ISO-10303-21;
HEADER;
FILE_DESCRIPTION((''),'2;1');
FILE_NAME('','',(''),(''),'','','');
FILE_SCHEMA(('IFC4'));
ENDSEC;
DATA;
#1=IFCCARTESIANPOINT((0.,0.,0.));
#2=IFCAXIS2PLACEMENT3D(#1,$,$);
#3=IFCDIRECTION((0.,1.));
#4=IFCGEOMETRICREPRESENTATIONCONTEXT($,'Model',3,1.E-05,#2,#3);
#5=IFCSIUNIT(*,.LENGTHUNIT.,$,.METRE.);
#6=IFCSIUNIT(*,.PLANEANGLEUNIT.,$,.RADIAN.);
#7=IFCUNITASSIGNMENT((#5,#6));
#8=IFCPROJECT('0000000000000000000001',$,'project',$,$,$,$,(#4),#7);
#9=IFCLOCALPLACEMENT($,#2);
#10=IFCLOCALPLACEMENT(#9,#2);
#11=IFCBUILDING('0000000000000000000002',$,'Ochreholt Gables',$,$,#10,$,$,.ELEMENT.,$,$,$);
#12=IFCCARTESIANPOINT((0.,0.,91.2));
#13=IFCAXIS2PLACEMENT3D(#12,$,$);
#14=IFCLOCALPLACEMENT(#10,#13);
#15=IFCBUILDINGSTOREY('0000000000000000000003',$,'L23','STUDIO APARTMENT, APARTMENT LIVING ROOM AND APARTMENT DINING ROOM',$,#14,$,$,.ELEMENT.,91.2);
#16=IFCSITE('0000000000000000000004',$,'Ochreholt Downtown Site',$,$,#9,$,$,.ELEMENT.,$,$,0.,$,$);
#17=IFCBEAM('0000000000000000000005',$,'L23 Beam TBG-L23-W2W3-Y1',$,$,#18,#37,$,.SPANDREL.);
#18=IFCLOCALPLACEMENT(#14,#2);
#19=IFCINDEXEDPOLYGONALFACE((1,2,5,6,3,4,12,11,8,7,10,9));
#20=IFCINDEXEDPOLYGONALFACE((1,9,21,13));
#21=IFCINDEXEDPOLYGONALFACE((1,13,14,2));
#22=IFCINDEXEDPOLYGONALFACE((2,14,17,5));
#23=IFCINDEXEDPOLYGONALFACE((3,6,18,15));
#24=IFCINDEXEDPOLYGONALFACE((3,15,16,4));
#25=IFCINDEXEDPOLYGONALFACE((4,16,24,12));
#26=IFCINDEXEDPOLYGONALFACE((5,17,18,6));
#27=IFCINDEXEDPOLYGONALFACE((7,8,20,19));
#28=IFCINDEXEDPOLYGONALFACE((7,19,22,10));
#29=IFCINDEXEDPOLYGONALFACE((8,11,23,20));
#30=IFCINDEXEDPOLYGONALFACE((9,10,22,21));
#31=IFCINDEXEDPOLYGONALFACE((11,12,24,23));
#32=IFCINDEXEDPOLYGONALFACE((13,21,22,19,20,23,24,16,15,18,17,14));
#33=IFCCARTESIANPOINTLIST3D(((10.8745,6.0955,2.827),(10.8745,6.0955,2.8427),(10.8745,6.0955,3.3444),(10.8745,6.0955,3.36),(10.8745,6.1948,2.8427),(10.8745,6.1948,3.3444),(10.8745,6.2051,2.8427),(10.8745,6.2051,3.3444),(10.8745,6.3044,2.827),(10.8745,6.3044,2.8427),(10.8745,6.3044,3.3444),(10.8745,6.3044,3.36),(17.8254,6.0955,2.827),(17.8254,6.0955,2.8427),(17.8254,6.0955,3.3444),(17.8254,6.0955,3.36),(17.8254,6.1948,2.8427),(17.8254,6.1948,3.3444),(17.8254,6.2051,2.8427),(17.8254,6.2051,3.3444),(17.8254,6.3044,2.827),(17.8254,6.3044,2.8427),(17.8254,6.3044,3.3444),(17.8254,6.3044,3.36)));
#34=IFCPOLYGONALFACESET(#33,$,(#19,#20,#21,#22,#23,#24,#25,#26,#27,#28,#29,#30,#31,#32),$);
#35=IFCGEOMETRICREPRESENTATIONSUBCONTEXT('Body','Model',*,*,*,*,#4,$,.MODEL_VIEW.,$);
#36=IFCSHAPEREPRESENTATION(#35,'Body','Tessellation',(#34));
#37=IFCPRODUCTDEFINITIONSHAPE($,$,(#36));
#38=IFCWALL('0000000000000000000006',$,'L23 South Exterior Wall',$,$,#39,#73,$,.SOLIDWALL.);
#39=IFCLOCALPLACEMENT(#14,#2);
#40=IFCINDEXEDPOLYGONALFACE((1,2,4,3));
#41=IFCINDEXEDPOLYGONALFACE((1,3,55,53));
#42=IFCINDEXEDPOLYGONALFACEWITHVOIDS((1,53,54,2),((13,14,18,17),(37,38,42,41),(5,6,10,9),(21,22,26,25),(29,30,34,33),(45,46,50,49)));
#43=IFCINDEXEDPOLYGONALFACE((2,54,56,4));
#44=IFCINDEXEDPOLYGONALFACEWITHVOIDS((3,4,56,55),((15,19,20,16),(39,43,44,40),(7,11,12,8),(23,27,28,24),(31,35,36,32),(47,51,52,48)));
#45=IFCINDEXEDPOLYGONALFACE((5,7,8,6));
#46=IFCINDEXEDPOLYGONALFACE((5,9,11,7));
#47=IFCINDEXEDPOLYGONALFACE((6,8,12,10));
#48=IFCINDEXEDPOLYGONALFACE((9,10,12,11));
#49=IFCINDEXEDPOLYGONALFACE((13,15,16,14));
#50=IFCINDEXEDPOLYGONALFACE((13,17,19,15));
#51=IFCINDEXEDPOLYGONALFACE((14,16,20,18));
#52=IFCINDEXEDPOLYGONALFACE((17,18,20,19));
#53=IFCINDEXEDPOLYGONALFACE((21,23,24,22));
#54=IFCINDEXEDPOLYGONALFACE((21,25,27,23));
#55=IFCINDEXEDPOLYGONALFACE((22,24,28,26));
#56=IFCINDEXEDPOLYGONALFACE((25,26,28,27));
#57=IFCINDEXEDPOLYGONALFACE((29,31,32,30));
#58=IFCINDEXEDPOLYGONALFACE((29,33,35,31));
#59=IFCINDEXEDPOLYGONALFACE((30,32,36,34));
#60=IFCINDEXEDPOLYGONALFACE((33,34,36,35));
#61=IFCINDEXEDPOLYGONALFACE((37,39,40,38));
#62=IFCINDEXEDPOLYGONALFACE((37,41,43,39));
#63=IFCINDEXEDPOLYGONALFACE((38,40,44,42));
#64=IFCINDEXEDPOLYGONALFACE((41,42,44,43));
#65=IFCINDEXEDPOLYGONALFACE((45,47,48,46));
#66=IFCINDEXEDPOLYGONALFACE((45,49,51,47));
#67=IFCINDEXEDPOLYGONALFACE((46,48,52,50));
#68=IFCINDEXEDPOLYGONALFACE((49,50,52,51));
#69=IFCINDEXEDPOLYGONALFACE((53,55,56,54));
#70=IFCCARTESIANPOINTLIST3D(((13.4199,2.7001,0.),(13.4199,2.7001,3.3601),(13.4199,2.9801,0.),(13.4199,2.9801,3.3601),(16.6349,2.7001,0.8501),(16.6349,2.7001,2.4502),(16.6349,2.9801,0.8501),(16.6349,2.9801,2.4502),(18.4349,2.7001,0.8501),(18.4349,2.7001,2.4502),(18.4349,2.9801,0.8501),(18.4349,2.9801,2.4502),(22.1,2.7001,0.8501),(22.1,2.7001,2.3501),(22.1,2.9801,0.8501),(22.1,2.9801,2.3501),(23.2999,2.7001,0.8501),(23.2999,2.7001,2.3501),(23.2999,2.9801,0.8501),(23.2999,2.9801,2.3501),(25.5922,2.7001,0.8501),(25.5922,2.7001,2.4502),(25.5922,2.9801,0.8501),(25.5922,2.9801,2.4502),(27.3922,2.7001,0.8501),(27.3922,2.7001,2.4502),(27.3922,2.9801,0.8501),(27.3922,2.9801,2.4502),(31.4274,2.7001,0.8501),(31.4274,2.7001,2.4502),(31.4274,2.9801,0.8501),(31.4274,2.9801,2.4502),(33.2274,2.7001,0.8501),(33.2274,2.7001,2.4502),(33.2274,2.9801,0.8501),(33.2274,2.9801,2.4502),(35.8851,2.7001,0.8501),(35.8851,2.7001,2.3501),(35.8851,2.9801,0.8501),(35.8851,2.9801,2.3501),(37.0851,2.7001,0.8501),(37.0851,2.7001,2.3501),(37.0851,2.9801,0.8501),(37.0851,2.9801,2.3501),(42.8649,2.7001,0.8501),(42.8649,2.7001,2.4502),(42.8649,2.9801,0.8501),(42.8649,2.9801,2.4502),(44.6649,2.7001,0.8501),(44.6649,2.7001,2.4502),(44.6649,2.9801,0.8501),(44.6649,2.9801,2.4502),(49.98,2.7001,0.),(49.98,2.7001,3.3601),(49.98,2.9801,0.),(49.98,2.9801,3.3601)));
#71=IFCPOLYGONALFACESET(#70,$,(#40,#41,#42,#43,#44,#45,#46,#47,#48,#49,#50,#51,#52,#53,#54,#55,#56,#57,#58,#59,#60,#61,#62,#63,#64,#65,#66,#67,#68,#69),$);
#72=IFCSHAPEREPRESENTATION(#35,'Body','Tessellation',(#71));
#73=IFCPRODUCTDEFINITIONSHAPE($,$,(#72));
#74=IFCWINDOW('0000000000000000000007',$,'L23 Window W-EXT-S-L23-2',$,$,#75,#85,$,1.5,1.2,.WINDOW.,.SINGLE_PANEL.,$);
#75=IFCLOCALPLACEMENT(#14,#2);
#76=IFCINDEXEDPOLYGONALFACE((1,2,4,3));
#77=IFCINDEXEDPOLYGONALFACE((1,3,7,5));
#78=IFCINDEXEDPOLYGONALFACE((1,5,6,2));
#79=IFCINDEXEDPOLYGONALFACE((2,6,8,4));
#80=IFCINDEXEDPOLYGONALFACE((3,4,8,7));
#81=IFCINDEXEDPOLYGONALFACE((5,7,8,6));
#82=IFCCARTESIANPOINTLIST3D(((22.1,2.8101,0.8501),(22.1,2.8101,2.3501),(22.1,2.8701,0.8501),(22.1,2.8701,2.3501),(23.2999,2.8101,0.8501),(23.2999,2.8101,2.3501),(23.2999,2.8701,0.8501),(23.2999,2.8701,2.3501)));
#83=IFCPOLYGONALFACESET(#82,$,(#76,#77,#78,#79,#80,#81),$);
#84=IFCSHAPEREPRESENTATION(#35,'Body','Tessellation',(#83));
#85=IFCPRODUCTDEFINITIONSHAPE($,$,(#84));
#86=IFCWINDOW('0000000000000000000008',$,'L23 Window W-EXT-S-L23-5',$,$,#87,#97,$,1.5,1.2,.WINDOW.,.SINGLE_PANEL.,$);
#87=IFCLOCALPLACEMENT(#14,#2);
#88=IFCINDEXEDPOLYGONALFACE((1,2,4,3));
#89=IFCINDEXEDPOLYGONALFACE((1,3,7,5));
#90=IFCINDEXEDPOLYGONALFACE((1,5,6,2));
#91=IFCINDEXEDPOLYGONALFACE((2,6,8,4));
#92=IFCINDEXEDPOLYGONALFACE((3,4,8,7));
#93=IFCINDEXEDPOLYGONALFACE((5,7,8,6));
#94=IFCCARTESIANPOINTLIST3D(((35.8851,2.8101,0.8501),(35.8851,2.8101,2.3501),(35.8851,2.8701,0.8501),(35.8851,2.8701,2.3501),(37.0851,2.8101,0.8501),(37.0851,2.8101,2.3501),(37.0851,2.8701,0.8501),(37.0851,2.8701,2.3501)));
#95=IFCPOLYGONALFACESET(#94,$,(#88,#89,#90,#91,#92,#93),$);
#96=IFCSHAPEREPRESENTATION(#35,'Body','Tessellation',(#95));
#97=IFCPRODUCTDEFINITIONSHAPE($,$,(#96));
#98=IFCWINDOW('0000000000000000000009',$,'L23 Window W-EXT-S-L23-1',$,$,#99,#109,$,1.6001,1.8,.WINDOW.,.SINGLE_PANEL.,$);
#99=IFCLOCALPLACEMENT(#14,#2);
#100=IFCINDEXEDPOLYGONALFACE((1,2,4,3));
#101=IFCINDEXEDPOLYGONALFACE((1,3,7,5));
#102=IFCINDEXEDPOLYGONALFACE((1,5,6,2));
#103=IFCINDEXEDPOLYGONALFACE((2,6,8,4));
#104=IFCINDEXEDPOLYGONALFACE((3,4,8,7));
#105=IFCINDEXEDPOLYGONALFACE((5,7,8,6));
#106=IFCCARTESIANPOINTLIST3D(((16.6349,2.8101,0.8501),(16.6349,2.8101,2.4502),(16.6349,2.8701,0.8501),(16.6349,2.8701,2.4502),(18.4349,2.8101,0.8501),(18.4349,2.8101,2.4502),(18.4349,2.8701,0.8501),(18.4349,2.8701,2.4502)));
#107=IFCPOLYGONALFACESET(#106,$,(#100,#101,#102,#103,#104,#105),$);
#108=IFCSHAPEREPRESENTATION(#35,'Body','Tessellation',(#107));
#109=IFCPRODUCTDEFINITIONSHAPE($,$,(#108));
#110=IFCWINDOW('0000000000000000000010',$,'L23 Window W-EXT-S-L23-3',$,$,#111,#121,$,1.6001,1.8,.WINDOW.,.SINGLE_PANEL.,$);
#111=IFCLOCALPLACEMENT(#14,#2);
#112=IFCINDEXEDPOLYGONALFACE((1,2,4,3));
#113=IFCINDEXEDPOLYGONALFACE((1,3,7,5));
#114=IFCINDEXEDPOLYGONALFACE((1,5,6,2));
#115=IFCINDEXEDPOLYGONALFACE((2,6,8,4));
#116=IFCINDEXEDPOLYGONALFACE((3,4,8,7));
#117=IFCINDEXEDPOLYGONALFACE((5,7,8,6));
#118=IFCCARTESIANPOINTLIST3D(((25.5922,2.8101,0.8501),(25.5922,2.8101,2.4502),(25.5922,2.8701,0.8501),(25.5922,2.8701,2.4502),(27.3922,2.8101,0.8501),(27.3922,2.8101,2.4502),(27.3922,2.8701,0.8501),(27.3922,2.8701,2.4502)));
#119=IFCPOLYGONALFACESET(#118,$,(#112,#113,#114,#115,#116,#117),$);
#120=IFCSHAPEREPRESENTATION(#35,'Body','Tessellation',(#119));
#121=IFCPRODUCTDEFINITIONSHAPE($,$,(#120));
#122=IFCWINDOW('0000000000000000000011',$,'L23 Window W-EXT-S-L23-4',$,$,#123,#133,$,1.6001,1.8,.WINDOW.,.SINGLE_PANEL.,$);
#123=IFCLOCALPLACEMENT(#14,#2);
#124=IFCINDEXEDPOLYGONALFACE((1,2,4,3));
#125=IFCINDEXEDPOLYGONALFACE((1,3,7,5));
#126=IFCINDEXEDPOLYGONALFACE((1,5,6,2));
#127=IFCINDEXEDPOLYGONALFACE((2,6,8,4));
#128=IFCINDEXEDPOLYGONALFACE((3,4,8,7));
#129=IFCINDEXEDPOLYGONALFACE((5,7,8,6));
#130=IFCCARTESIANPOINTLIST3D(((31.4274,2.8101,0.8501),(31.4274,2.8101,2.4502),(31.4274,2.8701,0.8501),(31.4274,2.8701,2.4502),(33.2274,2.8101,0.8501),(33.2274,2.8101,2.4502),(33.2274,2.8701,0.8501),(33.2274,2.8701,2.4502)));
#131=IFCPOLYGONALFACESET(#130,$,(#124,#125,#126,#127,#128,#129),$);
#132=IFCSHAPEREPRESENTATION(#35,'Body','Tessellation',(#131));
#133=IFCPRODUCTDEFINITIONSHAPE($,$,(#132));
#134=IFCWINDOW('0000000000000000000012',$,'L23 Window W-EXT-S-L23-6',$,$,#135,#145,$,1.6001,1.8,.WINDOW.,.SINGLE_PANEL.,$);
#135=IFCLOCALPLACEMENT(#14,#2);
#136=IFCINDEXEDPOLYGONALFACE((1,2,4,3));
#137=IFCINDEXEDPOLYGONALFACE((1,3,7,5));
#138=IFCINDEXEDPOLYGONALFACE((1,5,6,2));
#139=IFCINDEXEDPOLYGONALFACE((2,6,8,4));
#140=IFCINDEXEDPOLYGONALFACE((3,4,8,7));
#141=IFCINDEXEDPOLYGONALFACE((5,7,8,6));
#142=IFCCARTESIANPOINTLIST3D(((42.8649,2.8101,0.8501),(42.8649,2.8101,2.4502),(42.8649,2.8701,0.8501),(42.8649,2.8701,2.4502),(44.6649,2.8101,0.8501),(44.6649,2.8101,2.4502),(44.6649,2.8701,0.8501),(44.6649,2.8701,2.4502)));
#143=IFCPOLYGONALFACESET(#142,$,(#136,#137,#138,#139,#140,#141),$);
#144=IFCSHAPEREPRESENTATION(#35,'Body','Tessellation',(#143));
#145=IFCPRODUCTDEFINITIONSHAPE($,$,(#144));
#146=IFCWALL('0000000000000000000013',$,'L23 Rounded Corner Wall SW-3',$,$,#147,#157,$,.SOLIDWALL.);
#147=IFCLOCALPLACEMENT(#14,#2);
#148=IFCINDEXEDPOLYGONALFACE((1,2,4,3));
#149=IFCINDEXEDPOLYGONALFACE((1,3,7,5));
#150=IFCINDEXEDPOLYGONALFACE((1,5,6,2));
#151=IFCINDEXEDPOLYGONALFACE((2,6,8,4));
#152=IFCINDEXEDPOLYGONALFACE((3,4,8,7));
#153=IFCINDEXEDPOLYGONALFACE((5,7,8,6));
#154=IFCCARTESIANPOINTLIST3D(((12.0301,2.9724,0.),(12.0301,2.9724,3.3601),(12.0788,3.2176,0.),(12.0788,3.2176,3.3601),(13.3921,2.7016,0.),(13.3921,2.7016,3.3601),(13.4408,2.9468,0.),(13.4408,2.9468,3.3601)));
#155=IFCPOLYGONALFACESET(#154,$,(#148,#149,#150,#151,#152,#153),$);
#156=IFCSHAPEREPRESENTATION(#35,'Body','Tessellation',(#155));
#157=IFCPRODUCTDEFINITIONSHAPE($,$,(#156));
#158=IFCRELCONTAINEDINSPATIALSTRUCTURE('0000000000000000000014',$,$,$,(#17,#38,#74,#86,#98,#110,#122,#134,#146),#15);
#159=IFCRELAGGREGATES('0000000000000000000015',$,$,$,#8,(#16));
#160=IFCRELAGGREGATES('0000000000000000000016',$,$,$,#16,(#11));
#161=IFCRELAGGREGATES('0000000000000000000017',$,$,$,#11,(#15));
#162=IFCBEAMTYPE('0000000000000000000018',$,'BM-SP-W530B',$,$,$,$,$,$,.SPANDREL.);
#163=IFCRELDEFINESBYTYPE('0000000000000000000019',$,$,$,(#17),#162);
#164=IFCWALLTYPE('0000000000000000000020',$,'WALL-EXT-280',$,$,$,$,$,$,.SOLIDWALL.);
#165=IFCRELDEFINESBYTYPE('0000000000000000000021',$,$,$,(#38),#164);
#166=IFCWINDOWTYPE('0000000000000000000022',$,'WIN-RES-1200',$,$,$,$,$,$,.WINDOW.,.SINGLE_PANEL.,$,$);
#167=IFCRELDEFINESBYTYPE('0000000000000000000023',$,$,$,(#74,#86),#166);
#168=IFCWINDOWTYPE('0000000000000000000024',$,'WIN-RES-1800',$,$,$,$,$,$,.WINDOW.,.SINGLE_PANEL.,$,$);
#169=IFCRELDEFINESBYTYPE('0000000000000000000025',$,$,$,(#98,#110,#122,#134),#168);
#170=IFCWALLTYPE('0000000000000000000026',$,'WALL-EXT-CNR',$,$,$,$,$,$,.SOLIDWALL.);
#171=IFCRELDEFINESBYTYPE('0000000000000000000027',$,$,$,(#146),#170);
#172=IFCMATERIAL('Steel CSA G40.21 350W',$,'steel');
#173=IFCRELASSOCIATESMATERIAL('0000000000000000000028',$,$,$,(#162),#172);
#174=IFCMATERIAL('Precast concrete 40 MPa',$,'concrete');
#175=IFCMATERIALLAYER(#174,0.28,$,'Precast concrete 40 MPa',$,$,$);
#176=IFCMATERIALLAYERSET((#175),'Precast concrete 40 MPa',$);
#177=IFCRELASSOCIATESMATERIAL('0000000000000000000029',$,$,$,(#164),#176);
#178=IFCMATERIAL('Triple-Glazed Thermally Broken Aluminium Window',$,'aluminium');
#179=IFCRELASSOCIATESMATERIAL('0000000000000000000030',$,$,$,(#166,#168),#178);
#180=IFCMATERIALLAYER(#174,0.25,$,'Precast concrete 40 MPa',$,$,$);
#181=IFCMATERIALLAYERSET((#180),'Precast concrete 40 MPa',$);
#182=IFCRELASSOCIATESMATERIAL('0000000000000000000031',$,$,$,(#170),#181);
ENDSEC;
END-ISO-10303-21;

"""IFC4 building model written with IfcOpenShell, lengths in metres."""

from ifc_helpers import new_model, si_unit, direction, frame, frame_2d, origin, origin_2d, place, context, subcontext, project, spatial, rectangle, i_section, extrude, material, layer, layer_set, material_profile, profile_set, type_object, element, fill, save


model = new_model("IFC4")

# Units and contexts
model_context = context("Model", 3, precision=1e-05, world=origin(), true_north=direction((0.0, 1.0)))
body_context = subcontext(model_context, "Body", "Model", "MODEL_VIEW")
ifc_project = project(units=[si_unit("LENGTHUNIT", "METRE"), si_unit("PLANEANGLEUNIT", "RADIAN")], contexts=[model_context])

# Site, building, storey
site_placement = place(None, origin())
site = spatial("IfcSite", under=ifc_project, at=site_placement, Name="Ochreholt Downtown Site", CompositionType="ELEMENT", RefElevation=0.0)
building_placement = place(site_placement, origin())
building = spatial("IfcBuilding", under=site, at=building_placement, Name="Ochreholt Gables", CompositionType="ELEMENT")
storey_placement = place(building_placement, frame((0.0, 0.0, 91.2)))
storey = spatial("IfcBuildingStorey", under=building, at=storey_placement, Name="L23", Description="STUDIO APARTMENT, APARTMENT LIVING ROOM AND APARTMENT DINING ROOM", CompositionType="ELEMENT", Elevation=91.2)

# Beam
ifc_material_1 = material(Name="Steel CSA G40.21 350W", Category="steel")
ifc_material_profile_1 = material_profile(ifc_material_1, i_section(OverallWidth=0.209, OverallDepth=0.533, WebThickness=0.0103, FlangeThickness=0.0156, at=origin_2d()), Name="W530X92")
ifc_profile_set_1 = profile_set([ifc_material_profile_1], Name="Steel CSA G40.21 350W")
beam_type_1 = type_object("IfcBeamType", Name="BM-SP-W530B", PredefinedType="SPANDREL", material=ifc_profile_set_1)
beam_1_placement = place(storey_placement, frame((10.8745, 6.2, 3.0935), z_axis=(1.0, 0.0, 0.0), x_axis=(0.0, 1.0, 0.0)))
element("IfcBeam", 1, at=beam_1_placement, inside=storey, type_object=beam_type_1, Name="L23 Beam TBG-L23-W2W3-Y1", PredefinedType="SPANDREL", context=body_context, shape_type="SweptSolid", body=[
    extrude(i_section(OverallWidth=0.209, OverallDepth=0.533, WebThickness=0.0103, FlangeThickness=0.0156, at=origin_2d()), origin(), (0.0, 0.0, 1.0), 6.9509),
])

# Wall, openings, windows
ifc_material_2 = material(Name="Precast concrete 40 MPa", Category="concrete")
ifc_layer_1 = layer(ifc_material_2, 0.28, Name="Precast concrete 40 MPa")
ifc_layer_set_1 = layer_set([ifc_layer_1], Name="Precast concrete 40 MPa")
wall_type_1 = type_object("IfcWallType", Name="WALL-EXT-280", PredefinedType="SOLIDWALL", material=ifc_layer_set_1)
wall_1_placement = place(storey_placement, frame((13.4199, 2.8401, 0.0), z_axis=(0.0, 0.0, 1.0), x_axis=(1.0, 0.0, 0.0)))
wall_1 = element("IfcWall", 2, at=wall_1_placement, inside=storey, type_object=wall_type_1, Name="L23 South Exterior Wall", PredefinedType="SOLIDWALL", context=body_context, shape_type="SweptSolid", body=[
    extrude(rectangle(XDim=36.5601, YDim=0.28, at=frame_2d((18.28, 0.0))), origin(), (0.0, 0.0, 1.0), 3.3601),
])
opening_1_placement = place(wall_1_placement, frame((3.2151, 0.0, 0.8501)))
opening_1 = element("IfcOpeningElement", 3, at=opening_1_placement, cuts=wall_1, PredefinedType="OPENING", context=body_context, shape_type="SweptSolid", body=[
    extrude(rectangle(XDim=1.8, YDim=1.6001, at=frame_2d((0.8999, 0.8))), frame((0.0, 0.1499, 0.0), z_axis=(0.0, -1.0, 0.0), x_axis=(1.0, 0.0, 0.0)), (0.0, 0.0, 1.0), 0.3),
])
opening_2_placement = place(wall_1_placement, frame((8.6799, 0.0, 0.8501)))
opening_2 = element("IfcOpeningElement", 4, at=opening_2_placement, cuts=wall_1, PredefinedType="OPENING", context=body_context, shape_type="SweptSolid", body=[
    extrude(rectangle(XDim=1.2, YDim=1.5, at=frame_2d((0.6001, 0.75))), frame((0.0, 0.1499, 0.0), z_axis=(0.0, -1.0, 0.0), x_axis=(1.0, 0.0, 0.0)), (0.0, 0.0, 1.0), 0.3),
])
opening_3_placement = place(wall_1_placement, frame((12.1724, 0.0, 0.8501)))
opening_3 = element("IfcOpeningElement", 5, at=opening_3_placement, cuts=wall_1, PredefinedType="OPENING", context=body_context, shape_type="SweptSolid", body=[
    extrude(rectangle(XDim=1.8, YDim=1.6001, at=frame_2d((0.8999, 0.8))), frame((0.0, 0.1499, 0.0), z_axis=(0.0, -1.0, 0.0), x_axis=(1.0, 0.0, 0.0)), (0.0, 0.0, 1.0), 0.3),
])
opening_4_placement = place(wall_1_placement, frame((18.0076, 0.0, 0.8501)))
opening_4 = element("IfcOpeningElement", 6, at=opening_4_placement, cuts=wall_1, PredefinedType="OPENING", context=body_context, shape_type="SweptSolid", body=[
    extrude(rectangle(XDim=1.8, YDim=1.6001, at=frame_2d((0.8999, 0.8))), frame((0.0, 0.1499, 0.0), z_axis=(0.0, -1.0, 0.0), x_axis=(1.0, 0.0, 0.0)), (0.0, 0.0, 1.0), 0.3),
])
opening_5_placement = place(wall_1_placement, frame((22.4651, 0.0, 0.8501)))
opening_5 = element("IfcOpeningElement", 7, at=opening_5_placement, cuts=wall_1, PredefinedType="OPENING", context=body_context, shape_type="SweptSolid", body=[
    extrude(rectangle(XDim=1.2, YDim=1.5, at=frame_2d((0.6001, 0.75))), frame((0.0, 0.1499, 0.0), z_axis=(0.0, -1.0, 0.0), x_axis=(1.0, 0.0, 0.0)), (0.0, 0.0, 1.0), 0.3),
])
opening_6_placement = place(wall_1_placement, frame((29.4451, 0.0, 0.8501)))
opening_6 = element("IfcOpeningElement", 8, at=opening_6_placement, cuts=wall_1, PredefinedType="OPENING", context=body_context, shape_type="SweptSolid", body=[
    extrude(rectangle(XDim=1.8, YDim=1.6001, at=frame_2d((0.8999, 0.8))), frame((0.0, 0.1499, 0.0), z_axis=(0.0, -1.0, 0.0), x_axis=(1.0, 0.0, 0.0)), (0.0, 0.0, 1.0), 0.3),
])
ifc_material_3 = material(Name="Triple-Glazed Thermally Broken Aluminium Window", Category="aluminium")
window_type_1 = type_object("IfcWindowType", Name="WIN-RES-1200", PartitioningType="SINGLE_PANEL", PredefinedType="WINDOW", material=ifc_material_3)
window_1_placement = place(opening_2_placement, origin())
window_1 = element("IfcWindow", 9, at=window_1_placement, inside=storey, type_object=window_type_1, Name="L23 Window W-EXT-S-L23-2", OverallHeight=1.5, OverallWidth=1.2, PartitioningType="SINGLE_PANEL", PredefinedType="WINDOW", context=body_context, shape_type="SweptSolid", body=[
    extrude(rectangle(XDim=1.2, YDim=1.5, at=frame_2d((0.6001, 0.75))), frame((0.0, 0.03, 0.0), z_axis=(0.0, -1.0, 0.0), x_axis=(1.0, 0.0, 0.0)), (0.0, 0.0, 1.0), 0.0601),
])
fill(opening_2, window_1)
window_2_placement = place(opening_5_placement, origin())
window_2 = element("IfcWindow", 10, at=window_2_placement, inside=storey, type_object=window_type_1, Name="L23 Window W-EXT-S-L23-5", OverallHeight=1.5, OverallWidth=1.2, PartitioningType="SINGLE_PANEL", PredefinedType="WINDOW", context=body_context, shape_type="SweptSolid", body=[
    extrude(rectangle(XDim=1.2, YDim=1.5, at=frame_2d((0.6001, 0.75))), frame((0.0, 0.03, 0.0), z_axis=(0.0, -1.0, 0.0), x_axis=(1.0, 0.0, 0.0)), (0.0, 0.0, 1.0), 0.0601),
])
fill(opening_5, window_2)
window_type_2 = type_object("IfcWindowType", Name="WIN-RES-1800", PartitioningType="SINGLE_PANEL", PredefinedType="WINDOW", material=ifc_material_3)
window_3_placement = place(opening_1_placement, origin())
window_3 = element("IfcWindow", 11, at=window_3_placement, inside=storey, type_object=window_type_2, Name="L23 Window W-EXT-S-L23-1", OverallHeight=1.6001, OverallWidth=1.8, PartitioningType="SINGLE_PANEL", PredefinedType="WINDOW", context=body_context, shape_type="SweptSolid", body=[
    extrude(rectangle(XDim=1.8, YDim=1.6001, at=frame_2d((0.8999, 0.8))), frame((0.0, 0.03, 0.0), z_axis=(0.0, -1.0, 0.0), x_axis=(1.0, 0.0, 0.0)), (0.0, 0.0, 1.0), 0.0601),
])
fill(opening_1, window_3)
window_4_placement = place(opening_3_placement, origin())
window_4 = element("IfcWindow", 12, at=window_4_placement, inside=storey, type_object=window_type_2, Name="L23 Window W-EXT-S-L23-3", OverallHeight=1.6001, OverallWidth=1.8, PartitioningType="SINGLE_PANEL", PredefinedType="WINDOW", context=body_context, shape_type="SweptSolid", body=[
    extrude(rectangle(XDim=1.8, YDim=1.6001, at=frame_2d((0.8999, 0.8))), frame((0.0, 0.03, 0.0), z_axis=(0.0, -1.0, 0.0), x_axis=(1.0, 0.0, 0.0)), (0.0, 0.0, 1.0), 0.0601),
])
fill(opening_3, window_4)
window_5_placement = place(opening_4_placement, origin())
window_5 = element("IfcWindow", 13, at=window_5_placement, inside=storey, type_object=window_type_2, Name="L23 Window W-EXT-S-L23-4", OverallHeight=1.6001, OverallWidth=1.8, PartitioningType="SINGLE_PANEL", PredefinedType="WINDOW", context=body_context, shape_type="SweptSolid", body=[
    extrude(rectangle(XDim=1.8, YDim=1.6001, at=frame_2d((0.8999, 0.8))), frame((0.0, 0.03, 0.0), z_axis=(0.0, -1.0, 0.0), x_axis=(1.0, 0.0, 0.0)), (0.0, 0.0, 1.0), 0.0601),
])
fill(opening_4, window_5)
window_6_placement = place(opening_6_placement, origin())
window_6 = element("IfcWindow", 14, at=window_6_placement, inside=storey, type_object=window_type_2, Name="L23 Window W-EXT-S-L23-6", OverallHeight=1.6001, OverallWidth=1.8, PartitioningType="SINGLE_PANEL", PredefinedType="WINDOW", context=body_context, shape_type="SweptSolid", body=[
    extrude(rectangle(XDim=1.8, YDim=1.6001, at=frame_2d((0.8999, 0.8))), frame((0.0, 0.03, 0.0), z_axis=(0.0, -1.0, 0.0), x_axis=(1.0, 0.0, 0.0)), (0.0, 0.0, 1.0), 0.0601),
])
fill(opening_6, window_6)

# Wall
ifc_layer_2 = layer(ifc_material_2, 0.25, Name="Precast concrete 40 MPa")
ifc_layer_set_2 = layer_set([ifc_layer_2], Name="Precast concrete 40 MPa")
wall_type_2 = type_object("IfcWallType", Name="WALL-EXT-CNR", PredefinedType="SOLIDWALL", material=ifc_layer_set_2)
wall_2_placement = place(storey_placement, frame((12.0544, 3.095, 0.0), z_axis=(0.0, 0.0, 1.0), x_axis=(0.98081, -0.194967, 0.0)))
element("IfcWall", 15, at=wall_2_placement, inside=storey, type_object=wall_type_2, Name="L23 Rounded Corner Wall SW-3", PredefinedType="SOLIDWALL", context=body_context, shape_type="SweptSolid", body=[
    extrude(rectangle(XDim=1.3887, YDim=0.25, at=frame_2d((0.6943, 0.0))), origin(), (0.0, 0.0, 1.0), 3.3601),
])

save(model, "model.ifc")
